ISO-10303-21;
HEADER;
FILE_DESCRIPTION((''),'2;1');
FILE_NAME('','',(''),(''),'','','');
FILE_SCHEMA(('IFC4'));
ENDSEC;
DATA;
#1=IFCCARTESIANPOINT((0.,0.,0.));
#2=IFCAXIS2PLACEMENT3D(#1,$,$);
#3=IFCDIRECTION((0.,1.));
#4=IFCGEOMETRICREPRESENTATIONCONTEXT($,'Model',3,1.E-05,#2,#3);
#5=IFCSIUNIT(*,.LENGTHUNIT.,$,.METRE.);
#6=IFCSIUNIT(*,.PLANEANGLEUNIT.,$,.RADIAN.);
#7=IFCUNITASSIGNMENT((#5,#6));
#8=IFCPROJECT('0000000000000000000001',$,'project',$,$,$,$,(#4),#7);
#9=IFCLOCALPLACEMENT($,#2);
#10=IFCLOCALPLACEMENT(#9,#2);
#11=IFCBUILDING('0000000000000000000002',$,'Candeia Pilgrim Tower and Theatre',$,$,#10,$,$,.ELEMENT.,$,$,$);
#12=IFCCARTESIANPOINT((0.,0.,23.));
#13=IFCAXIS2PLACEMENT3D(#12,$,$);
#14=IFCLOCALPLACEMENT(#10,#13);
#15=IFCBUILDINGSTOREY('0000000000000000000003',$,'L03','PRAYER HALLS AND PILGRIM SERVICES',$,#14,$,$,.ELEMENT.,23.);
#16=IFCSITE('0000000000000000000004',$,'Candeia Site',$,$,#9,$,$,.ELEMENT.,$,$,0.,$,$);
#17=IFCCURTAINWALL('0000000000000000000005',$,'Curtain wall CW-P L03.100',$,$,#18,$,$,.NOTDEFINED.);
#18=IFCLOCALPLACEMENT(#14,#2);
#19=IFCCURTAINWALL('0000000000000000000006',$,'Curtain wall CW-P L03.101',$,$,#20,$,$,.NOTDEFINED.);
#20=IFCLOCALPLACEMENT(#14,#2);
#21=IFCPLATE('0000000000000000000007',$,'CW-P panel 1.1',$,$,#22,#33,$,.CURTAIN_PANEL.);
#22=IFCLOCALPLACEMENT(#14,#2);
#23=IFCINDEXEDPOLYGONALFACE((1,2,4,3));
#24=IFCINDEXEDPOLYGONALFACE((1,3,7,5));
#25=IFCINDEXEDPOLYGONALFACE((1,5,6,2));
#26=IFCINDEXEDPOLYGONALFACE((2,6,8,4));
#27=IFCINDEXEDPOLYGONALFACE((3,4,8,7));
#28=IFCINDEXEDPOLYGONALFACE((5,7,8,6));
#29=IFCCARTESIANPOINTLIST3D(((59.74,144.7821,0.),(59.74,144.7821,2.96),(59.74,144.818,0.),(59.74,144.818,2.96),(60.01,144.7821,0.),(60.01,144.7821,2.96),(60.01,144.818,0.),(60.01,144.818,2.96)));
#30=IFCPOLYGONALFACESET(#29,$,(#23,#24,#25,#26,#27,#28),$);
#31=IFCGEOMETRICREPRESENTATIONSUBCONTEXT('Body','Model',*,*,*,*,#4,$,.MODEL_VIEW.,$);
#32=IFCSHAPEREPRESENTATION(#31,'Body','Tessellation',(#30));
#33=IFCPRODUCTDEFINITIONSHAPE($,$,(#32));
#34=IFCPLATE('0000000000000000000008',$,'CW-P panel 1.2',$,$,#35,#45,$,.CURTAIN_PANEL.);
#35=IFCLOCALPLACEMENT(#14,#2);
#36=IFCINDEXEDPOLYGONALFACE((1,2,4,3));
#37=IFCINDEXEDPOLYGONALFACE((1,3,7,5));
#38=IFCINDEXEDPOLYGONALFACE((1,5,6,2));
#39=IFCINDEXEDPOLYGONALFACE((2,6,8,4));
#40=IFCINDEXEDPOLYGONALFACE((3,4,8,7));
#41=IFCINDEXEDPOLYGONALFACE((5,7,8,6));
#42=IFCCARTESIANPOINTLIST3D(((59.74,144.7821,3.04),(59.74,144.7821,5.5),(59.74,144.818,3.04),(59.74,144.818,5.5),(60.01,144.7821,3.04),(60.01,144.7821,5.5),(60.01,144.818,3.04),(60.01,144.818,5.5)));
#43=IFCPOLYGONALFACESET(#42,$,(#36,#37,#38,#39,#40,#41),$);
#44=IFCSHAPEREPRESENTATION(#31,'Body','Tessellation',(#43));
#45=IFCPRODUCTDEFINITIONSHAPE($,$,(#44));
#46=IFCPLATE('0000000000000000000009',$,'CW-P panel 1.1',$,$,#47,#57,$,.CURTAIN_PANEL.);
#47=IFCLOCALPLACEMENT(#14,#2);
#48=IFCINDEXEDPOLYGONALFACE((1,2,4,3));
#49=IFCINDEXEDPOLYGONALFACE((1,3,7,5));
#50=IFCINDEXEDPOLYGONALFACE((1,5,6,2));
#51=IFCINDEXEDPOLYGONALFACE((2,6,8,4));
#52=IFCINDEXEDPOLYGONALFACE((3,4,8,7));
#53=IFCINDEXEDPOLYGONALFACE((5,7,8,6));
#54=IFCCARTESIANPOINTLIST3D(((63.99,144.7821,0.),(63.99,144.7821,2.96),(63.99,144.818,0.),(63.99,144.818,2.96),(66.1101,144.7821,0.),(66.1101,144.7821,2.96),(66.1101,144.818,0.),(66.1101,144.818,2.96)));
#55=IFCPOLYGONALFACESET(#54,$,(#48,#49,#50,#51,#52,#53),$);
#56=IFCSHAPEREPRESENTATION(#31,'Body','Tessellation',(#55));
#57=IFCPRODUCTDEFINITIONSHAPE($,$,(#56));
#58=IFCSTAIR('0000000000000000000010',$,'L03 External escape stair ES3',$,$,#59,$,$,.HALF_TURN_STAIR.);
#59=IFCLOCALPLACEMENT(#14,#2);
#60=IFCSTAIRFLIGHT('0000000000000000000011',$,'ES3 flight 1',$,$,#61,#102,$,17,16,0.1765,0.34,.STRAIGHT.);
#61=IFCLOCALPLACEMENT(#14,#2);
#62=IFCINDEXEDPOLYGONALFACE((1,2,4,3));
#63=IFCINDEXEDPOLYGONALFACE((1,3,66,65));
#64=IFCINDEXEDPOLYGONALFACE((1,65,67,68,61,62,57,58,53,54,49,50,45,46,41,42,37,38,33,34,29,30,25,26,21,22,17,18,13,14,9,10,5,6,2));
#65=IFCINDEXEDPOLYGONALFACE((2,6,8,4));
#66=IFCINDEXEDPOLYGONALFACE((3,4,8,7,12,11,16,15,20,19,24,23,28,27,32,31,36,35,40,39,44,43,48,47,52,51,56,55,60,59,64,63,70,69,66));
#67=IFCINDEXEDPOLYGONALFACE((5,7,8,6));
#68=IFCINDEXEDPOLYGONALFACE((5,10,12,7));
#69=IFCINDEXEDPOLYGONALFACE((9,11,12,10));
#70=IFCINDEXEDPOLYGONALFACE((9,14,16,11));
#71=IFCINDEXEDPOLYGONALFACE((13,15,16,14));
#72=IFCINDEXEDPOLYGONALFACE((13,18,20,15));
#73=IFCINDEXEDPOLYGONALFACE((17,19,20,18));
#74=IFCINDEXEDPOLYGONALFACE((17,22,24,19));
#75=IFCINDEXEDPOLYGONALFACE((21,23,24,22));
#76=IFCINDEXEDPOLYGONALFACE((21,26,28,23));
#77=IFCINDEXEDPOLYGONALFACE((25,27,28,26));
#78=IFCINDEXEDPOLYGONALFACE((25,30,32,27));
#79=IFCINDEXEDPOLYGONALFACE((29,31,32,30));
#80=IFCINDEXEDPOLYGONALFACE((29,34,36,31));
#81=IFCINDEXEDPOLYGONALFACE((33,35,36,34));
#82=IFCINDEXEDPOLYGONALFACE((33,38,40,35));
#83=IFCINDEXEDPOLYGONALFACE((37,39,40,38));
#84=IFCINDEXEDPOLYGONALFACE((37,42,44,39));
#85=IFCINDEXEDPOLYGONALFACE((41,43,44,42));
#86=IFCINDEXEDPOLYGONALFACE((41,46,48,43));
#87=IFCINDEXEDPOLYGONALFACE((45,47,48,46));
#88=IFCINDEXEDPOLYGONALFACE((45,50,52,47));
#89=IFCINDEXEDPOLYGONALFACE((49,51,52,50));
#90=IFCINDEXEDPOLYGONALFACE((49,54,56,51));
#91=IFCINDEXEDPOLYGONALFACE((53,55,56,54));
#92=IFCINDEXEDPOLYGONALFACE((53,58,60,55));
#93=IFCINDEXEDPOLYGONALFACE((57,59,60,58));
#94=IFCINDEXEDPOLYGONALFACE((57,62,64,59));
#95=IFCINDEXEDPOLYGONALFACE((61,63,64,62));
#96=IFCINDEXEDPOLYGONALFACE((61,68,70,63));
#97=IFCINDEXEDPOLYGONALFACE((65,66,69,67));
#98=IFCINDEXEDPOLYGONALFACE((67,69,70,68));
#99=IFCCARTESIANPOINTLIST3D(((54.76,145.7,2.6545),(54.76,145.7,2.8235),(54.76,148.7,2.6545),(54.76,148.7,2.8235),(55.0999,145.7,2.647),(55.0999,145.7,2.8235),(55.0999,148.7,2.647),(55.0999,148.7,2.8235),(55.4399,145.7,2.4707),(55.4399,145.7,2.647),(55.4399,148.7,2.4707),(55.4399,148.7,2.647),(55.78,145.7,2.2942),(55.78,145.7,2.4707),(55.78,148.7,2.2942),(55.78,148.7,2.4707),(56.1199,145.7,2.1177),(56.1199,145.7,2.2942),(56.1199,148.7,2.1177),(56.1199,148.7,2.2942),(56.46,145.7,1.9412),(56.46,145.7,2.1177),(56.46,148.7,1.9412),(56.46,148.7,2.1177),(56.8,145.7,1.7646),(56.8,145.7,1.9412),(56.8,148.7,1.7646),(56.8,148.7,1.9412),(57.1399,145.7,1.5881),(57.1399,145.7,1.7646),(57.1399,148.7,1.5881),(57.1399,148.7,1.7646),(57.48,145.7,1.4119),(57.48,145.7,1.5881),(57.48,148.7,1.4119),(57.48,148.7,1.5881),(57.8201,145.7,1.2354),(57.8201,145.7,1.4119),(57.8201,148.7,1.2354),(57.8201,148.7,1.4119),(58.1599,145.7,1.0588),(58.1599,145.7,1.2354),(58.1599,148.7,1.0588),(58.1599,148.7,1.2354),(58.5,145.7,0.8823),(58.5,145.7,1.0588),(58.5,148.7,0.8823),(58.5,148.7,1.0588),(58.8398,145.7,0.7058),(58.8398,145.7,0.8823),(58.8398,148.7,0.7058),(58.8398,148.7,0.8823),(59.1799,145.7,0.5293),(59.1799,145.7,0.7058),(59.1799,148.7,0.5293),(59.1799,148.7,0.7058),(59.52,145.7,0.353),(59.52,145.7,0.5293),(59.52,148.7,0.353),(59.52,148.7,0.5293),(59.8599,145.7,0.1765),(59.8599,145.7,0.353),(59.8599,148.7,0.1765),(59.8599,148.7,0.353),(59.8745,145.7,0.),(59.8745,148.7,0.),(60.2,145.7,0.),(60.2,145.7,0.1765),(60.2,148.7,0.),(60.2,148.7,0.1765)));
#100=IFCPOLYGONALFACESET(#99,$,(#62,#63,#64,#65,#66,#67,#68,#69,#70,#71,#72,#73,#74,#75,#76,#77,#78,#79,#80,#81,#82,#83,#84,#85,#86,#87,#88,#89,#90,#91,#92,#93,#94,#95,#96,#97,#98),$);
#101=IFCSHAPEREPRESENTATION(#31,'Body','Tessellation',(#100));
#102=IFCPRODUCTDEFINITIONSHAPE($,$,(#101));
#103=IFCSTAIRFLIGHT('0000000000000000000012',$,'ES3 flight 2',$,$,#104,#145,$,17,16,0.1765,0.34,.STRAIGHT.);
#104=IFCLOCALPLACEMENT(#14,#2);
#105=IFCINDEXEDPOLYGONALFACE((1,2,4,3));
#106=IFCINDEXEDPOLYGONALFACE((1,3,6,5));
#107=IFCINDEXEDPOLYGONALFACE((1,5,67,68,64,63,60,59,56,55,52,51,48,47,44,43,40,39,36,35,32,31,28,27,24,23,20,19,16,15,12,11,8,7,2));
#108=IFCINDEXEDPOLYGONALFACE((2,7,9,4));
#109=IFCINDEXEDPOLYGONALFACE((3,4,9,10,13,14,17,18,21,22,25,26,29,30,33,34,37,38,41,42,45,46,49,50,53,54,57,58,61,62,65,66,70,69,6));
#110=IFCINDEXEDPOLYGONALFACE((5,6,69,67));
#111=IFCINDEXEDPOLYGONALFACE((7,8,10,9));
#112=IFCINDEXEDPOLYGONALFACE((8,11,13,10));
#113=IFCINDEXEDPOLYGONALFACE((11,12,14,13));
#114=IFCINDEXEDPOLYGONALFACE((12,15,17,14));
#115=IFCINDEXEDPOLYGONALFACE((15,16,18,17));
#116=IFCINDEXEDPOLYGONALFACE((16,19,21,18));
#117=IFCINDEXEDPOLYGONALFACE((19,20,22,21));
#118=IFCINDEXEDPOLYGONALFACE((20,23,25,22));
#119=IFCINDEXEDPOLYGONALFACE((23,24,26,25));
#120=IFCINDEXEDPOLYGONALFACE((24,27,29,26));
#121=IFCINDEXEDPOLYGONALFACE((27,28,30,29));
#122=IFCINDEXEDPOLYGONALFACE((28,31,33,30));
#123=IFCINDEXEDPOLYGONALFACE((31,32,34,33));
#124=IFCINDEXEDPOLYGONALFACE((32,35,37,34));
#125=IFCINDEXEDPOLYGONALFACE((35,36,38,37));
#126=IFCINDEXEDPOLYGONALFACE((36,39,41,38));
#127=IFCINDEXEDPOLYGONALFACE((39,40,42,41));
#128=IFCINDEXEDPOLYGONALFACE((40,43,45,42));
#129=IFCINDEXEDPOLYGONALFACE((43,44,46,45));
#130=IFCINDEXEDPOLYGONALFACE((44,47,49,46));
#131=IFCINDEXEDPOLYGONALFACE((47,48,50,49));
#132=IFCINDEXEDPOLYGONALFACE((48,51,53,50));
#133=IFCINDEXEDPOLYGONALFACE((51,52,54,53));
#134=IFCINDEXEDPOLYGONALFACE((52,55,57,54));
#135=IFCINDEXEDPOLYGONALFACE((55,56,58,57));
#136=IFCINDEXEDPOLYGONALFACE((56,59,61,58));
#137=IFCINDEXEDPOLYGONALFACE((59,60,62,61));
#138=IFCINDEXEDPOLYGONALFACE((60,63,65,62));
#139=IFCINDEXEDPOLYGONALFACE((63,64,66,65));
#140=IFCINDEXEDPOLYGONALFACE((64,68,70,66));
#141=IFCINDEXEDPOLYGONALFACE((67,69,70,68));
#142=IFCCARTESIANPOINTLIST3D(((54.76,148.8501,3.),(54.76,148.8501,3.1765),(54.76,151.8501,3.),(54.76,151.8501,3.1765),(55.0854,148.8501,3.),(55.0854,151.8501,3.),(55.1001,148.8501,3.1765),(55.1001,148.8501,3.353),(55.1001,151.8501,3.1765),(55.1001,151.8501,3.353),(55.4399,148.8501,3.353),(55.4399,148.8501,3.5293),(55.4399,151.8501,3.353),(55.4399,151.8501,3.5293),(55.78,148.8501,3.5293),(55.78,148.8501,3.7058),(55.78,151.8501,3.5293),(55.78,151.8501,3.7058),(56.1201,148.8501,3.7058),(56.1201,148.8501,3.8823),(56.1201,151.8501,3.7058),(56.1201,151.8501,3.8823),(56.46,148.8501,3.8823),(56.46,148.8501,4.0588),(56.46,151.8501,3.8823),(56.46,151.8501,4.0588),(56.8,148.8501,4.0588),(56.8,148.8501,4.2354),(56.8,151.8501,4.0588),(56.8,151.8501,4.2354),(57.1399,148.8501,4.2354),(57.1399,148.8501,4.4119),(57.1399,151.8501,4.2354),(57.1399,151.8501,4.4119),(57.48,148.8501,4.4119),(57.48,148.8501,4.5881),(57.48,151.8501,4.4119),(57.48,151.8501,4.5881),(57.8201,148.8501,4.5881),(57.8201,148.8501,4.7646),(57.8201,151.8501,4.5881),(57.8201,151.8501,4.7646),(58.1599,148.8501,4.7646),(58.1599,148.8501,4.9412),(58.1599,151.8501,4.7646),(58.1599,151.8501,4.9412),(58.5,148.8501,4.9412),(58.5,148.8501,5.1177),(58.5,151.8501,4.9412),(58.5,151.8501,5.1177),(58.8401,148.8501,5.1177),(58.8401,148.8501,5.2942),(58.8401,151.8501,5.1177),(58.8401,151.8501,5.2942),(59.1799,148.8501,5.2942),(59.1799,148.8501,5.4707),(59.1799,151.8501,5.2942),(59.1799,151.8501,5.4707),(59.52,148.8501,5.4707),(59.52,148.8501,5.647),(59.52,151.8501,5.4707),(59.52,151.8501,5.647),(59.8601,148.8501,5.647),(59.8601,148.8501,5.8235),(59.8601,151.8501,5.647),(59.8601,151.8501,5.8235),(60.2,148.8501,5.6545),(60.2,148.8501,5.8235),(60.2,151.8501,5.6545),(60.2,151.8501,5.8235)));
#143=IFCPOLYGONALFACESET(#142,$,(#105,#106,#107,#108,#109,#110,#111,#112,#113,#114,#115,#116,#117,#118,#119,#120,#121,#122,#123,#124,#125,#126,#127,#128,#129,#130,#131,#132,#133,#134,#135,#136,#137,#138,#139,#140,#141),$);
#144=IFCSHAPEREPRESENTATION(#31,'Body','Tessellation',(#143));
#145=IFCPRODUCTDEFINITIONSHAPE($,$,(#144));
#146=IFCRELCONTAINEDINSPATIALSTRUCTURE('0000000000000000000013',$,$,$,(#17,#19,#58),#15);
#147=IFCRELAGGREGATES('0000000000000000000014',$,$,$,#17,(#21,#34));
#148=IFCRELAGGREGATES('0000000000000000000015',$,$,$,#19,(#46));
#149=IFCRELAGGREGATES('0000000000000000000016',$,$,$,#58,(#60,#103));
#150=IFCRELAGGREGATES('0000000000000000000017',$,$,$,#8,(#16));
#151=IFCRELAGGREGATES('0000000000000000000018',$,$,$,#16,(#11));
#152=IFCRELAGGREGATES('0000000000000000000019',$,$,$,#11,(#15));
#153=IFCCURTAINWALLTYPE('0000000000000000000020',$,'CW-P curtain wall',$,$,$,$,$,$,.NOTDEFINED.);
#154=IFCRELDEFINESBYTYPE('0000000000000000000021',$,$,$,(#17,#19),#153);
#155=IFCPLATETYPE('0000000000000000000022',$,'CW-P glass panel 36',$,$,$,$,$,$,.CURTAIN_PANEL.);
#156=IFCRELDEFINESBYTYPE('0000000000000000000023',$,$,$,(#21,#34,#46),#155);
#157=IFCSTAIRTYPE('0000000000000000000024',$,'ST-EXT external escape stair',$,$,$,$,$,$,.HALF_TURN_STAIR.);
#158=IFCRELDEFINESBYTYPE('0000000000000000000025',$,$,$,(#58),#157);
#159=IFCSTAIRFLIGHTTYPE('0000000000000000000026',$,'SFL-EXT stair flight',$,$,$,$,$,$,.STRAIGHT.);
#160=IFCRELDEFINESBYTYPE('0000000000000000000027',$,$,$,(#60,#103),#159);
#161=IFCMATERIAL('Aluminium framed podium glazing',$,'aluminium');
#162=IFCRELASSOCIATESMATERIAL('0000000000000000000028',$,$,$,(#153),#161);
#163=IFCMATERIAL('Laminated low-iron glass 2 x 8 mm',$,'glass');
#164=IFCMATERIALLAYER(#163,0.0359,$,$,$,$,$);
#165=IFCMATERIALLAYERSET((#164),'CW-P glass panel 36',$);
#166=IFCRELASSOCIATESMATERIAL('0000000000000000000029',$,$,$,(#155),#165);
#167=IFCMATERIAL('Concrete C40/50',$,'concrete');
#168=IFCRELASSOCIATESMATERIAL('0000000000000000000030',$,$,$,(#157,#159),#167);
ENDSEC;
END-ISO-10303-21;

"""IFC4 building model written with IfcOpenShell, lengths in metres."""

from ifc_helpers import new_model, si_unit, direction, frame, origin, origin_2d, place, context, subcontext, project, spatial, polyline, rectangle, outline, extrude, material, layer, layer_set, type_object, element, aggregate, save


model = new_model("IFC4")

# Units and contexts
model_context = context("Model", 3, precision=1e-05, world=origin(), true_north=direction((0.0, 1.0)))
body_context = subcontext(model_context, "Body", "Model", "MODEL_VIEW")
ifc_project = project(units=[si_unit("LENGTHUNIT", "METRE"), si_unit("PLANEANGLEUNIT", "RADIAN")], contexts=[model_context])

# Site, building, storey
site_placement = place(None, origin())
site = spatial("IfcSite", under=ifc_project, at=site_placement, Name="Candeia Site", CompositionType="ELEMENT", RefElevation=0.0)
building_placement = place(site_placement, origin())
building = spatial("IfcBuilding", under=site, at=building_placement, Name="Candeia Pilgrim Tower and Theatre", CompositionType="ELEMENT")
storey_placement = place(building_placement, frame((0.0, 0.0, 23.0)))
storey = spatial("IfcBuildingStorey", under=building, at=storey_placement, Name="L03", Description="PRAYER HALLS AND PILGRIM SERVICES", CompositionType="ELEMENT", Elevation=23.0)

# Shared definitions
ifc_material_1 = material(Name="Concrete C40/50", Category="concrete")

# Shared definitions
ifc_material_2 = material(Name="Aluminium framed podium glazing", Category="aluminium")
curtain_wall_type = type_object("IfcCurtainWallType", Name="CW-P curtain wall", PredefinedType="NOTDEFINED", material=ifc_material_2)

# Curtain wall
curtain_wall_1_placement = place(storey_placement, origin())
curtain_wall_1 = element("IfcCurtainWall", 1, at=curtain_wall_1_placement, inside=storey, type_object=curtain_wall_type, Name="Curtain wall CW-P L03.100", PredefinedType="NOTDEFINED")

# Curtain wall
curtain_wall_2_placement = place(storey_placement, origin())
curtain_wall_2 = element("IfcCurtainWall", 2, at=curtain_wall_2_placement, inside=storey, type_object=curtain_wall_type, Name="Curtain wall CW-P L03.101", PredefinedType="NOTDEFINED")

# Plates
ifc_material_3 = material(Name="Laminated low-iron glass 2 x 8 mm", Category="glass")
ifc_layer_1 = layer(ifc_material_3, 0.0359)
ifc_layer_set_1 = layer_set([ifc_layer_1], Name="CW-P glass panel 36")
plate_type = type_object("IfcPlateType", Name="CW-P glass panel 36", PredefinedType="CURTAIN_PANEL", material=ifc_layer_set_1)
plate_1_placement = place(storey_placement, frame((59.875, 144.8, 0.0), z_axis=(0.0, 0.0, 1.0), x_axis=(1.0, 0.0, 0.0)))
plate_1 = element("IfcPlate", 3, at=plate_1_placement, type_object=plate_type, Name="CW-P panel 1.1", PredefinedType="CURTAIN_PANEL", context=body_context, shape_type="SweptSolid", body=[
    extrude(rectangle(XDim=0.27, YDim=0.0359, at=origin_2d()), origin(), (0.0, 0.0, 1.0), 2.96),
])
plate_2_placement = place(storey_placement, frame((59.875, 144.8, 3.04), z_axis=(0.0, 0.0, 1.0), x_axis=(1.0, 0.0, 0.0)))
plate_2 = element("IfcPlate", 4, at=plate_2_placement, type_object=plate_type, Name="CW-P panel 1.2", PredefinedType="CURTAIN_PANEL", context=body_context, shape_type="SweptSolid", body=[
    extrude(rectangle(XDim=0.27, YDim=0.0359, at=origin_2d()), origin(), (0.0, 0.0, 1.0), 2.46),
])
aggregate(curtain_wall_1, [plate_1, plate_2])
plate_3_placement = place(storey_placement, frame((65.05, 144.8, 0.0), z_axis=(0.0, 0.0, 1.0), x_axis=(1.0, 0.0, 0.0)))
plate_3 = element("IfcPlate", 5, at=plate_3_placement, type_object=plate_type, Name="CW-P panel 1.1", PredefinedType="CURTAIN_PANEL", context=body_context, shape_type="SweptSolid", body=[
    extrude(rectangle(XDim=2.1201, YDim=0.0359, at=origin_2d()), origin(), (0.0, 0.0, 1.0), 2.96),
])
aggregate(curtain_wall_2, [plate_3])

# Stair, stair flights
stair_type = type_object("IfcStairType", Name="ST-EXT external escape stair", PredefinedType="HALF_TURN_STAIR", material=ifc_material_1)
stair_placement = place(storey_placement, origin())
stair = element("IfcStair", 6, at=stair_placement, inside=storey, type_object=stair_type, Name="L03 External escape stair ES3", PredefinedType="HALF_TURN_STAIR")
stair_flight_type = type_object("IfcStairFlightType", Name="SFL-EXT stair flight", PredefinedType="STRAIGHT", material=ifc_material_1)
stair_flight_1_placement = place(storey_placement, frame((60.2, 147.2, 0.0), z_axis=(0.0, 0.0, 1.0), x_axis=(-1.0, 0.0, 0.0)))
stair_flight_1 = element("IfcStairFlight", 7, at=stair_flight_1_placement, type_object=stair_flight_type, Name="ES3 flight 1", NumberOfRisers=17, NumberOfTreads=16, PredefinedType="STRAIGHT", RiserHeight=0.1765, TreadLength=0.34, context=body_context, shape_type="SweptSolid", body=[
    extrude(outline(polyline([(0.0, 0.0), (0.0, 0.1765), (0.3401, 0.1765), (0.3401, 0.353), (0.6799, 0.353), (0.6799, 0.5293), (1.02, 0.5293), (1.02, 0.7058), (1.3601, 0.7058), (1.3601, 0.8823), (1.7, 0.8823), (1.7, 1.0588), (2.04, 1.0588), (2.04, 1.2354), (2.3799, 1.2354), (2.3799, 1.4119), (2.72, 1.4119), (2.72, 1.5881), (3.0601, 1.5881), (3.0601, 1.7646), (3.3999, 1.7646), (3.3999, 1.9412), (3.74, 1.9412), (3.74, 2.1177), (4.0801, 2.1177), (4.0801, 2.2942), (4.4199, 2.2942), (4.4199, 2.4707), (4.76, 2.4707), (4.76, 2.647), (5.1001, 2.647), (5.1001, 2.8235), (5.4399, 2.8235), (5.4399, 3.0), (5.4399, 2.6545), (0.3254, 0.0), (0.0, 0.0)])), frame((0.0, 1.5, 0.0), z_axis=(0.0, -1.0, 0.0), x_axis=(1.0, 0.0, 0.0)), (0.0, 0.0, 1.0), 3.0),
])
stair_flight_2_placement = place(storey_placement, frame((54.76, 150.3501, 3.0), z_axis=(0.0, 0.0, 1.0), x_axis=(1.0, 0.0, 0.0)))
stair_flight_2 = element("IfcStairFlight", 8, at=stair_flight_2_placement, type_object=stair_flight_type, Name="ES3 flight 2", NumberOfRisers=17, NumberOfTreads=16, PredefinedType="STRAIGHT", RiserHeight=0.1765, TreadLength=0.34, context=body_context, shape_type="SweptSolid", body=[
    extrude(outline(polyline([(0.0, 0.0), (0.0, 0.1765), (0.3401, 0.1765), (0.3401, 0.353), (0.6799, 0.353), (0.6799, 0.5293), (1.02, 0.5293), (1.02, 0.7058), (1.3601, 0.7058), (1.3601, 0.8823), (1.7, 0.8823), (1.7, 1.0588), (2.04, 1.0588), (2.04, 1.2354), (2.3799, 1.2354), (2.3799, 1.4119), (2.72, 1.4119), (2.72, 1.5881), (3.0601, 1.5881), (3.0601, 1.7646), (3.3999, 1.7646), (3.3999, 1.9412), (3.74, 1.9412), (3.74, 2.1177), (4.0801, 2.1177), (4.0801, 2.2942), (4.4199, 2.2942), (4.4199, 2.4707), (4.76, 2.4707), (4.76, 2.647), (5.1001, 2.647), (5.1001, 2.8235), (5.4399, 2.8235), (5.4399, 3.0), (5.4399, 2.6545), (0.3254, 0.0), (0.0, 0.0)])), frame((0.0, 1.5, 0.0), z_axis=(0.0, -1.0, 0.0), x_axis=(1.0, 0.0, 0.0)), (0.0, 0.0, 1.0), 3.0),
])
aggregate(stair, [stair_flight_1, stair_flight_2])

save(model, "model.ifc")
